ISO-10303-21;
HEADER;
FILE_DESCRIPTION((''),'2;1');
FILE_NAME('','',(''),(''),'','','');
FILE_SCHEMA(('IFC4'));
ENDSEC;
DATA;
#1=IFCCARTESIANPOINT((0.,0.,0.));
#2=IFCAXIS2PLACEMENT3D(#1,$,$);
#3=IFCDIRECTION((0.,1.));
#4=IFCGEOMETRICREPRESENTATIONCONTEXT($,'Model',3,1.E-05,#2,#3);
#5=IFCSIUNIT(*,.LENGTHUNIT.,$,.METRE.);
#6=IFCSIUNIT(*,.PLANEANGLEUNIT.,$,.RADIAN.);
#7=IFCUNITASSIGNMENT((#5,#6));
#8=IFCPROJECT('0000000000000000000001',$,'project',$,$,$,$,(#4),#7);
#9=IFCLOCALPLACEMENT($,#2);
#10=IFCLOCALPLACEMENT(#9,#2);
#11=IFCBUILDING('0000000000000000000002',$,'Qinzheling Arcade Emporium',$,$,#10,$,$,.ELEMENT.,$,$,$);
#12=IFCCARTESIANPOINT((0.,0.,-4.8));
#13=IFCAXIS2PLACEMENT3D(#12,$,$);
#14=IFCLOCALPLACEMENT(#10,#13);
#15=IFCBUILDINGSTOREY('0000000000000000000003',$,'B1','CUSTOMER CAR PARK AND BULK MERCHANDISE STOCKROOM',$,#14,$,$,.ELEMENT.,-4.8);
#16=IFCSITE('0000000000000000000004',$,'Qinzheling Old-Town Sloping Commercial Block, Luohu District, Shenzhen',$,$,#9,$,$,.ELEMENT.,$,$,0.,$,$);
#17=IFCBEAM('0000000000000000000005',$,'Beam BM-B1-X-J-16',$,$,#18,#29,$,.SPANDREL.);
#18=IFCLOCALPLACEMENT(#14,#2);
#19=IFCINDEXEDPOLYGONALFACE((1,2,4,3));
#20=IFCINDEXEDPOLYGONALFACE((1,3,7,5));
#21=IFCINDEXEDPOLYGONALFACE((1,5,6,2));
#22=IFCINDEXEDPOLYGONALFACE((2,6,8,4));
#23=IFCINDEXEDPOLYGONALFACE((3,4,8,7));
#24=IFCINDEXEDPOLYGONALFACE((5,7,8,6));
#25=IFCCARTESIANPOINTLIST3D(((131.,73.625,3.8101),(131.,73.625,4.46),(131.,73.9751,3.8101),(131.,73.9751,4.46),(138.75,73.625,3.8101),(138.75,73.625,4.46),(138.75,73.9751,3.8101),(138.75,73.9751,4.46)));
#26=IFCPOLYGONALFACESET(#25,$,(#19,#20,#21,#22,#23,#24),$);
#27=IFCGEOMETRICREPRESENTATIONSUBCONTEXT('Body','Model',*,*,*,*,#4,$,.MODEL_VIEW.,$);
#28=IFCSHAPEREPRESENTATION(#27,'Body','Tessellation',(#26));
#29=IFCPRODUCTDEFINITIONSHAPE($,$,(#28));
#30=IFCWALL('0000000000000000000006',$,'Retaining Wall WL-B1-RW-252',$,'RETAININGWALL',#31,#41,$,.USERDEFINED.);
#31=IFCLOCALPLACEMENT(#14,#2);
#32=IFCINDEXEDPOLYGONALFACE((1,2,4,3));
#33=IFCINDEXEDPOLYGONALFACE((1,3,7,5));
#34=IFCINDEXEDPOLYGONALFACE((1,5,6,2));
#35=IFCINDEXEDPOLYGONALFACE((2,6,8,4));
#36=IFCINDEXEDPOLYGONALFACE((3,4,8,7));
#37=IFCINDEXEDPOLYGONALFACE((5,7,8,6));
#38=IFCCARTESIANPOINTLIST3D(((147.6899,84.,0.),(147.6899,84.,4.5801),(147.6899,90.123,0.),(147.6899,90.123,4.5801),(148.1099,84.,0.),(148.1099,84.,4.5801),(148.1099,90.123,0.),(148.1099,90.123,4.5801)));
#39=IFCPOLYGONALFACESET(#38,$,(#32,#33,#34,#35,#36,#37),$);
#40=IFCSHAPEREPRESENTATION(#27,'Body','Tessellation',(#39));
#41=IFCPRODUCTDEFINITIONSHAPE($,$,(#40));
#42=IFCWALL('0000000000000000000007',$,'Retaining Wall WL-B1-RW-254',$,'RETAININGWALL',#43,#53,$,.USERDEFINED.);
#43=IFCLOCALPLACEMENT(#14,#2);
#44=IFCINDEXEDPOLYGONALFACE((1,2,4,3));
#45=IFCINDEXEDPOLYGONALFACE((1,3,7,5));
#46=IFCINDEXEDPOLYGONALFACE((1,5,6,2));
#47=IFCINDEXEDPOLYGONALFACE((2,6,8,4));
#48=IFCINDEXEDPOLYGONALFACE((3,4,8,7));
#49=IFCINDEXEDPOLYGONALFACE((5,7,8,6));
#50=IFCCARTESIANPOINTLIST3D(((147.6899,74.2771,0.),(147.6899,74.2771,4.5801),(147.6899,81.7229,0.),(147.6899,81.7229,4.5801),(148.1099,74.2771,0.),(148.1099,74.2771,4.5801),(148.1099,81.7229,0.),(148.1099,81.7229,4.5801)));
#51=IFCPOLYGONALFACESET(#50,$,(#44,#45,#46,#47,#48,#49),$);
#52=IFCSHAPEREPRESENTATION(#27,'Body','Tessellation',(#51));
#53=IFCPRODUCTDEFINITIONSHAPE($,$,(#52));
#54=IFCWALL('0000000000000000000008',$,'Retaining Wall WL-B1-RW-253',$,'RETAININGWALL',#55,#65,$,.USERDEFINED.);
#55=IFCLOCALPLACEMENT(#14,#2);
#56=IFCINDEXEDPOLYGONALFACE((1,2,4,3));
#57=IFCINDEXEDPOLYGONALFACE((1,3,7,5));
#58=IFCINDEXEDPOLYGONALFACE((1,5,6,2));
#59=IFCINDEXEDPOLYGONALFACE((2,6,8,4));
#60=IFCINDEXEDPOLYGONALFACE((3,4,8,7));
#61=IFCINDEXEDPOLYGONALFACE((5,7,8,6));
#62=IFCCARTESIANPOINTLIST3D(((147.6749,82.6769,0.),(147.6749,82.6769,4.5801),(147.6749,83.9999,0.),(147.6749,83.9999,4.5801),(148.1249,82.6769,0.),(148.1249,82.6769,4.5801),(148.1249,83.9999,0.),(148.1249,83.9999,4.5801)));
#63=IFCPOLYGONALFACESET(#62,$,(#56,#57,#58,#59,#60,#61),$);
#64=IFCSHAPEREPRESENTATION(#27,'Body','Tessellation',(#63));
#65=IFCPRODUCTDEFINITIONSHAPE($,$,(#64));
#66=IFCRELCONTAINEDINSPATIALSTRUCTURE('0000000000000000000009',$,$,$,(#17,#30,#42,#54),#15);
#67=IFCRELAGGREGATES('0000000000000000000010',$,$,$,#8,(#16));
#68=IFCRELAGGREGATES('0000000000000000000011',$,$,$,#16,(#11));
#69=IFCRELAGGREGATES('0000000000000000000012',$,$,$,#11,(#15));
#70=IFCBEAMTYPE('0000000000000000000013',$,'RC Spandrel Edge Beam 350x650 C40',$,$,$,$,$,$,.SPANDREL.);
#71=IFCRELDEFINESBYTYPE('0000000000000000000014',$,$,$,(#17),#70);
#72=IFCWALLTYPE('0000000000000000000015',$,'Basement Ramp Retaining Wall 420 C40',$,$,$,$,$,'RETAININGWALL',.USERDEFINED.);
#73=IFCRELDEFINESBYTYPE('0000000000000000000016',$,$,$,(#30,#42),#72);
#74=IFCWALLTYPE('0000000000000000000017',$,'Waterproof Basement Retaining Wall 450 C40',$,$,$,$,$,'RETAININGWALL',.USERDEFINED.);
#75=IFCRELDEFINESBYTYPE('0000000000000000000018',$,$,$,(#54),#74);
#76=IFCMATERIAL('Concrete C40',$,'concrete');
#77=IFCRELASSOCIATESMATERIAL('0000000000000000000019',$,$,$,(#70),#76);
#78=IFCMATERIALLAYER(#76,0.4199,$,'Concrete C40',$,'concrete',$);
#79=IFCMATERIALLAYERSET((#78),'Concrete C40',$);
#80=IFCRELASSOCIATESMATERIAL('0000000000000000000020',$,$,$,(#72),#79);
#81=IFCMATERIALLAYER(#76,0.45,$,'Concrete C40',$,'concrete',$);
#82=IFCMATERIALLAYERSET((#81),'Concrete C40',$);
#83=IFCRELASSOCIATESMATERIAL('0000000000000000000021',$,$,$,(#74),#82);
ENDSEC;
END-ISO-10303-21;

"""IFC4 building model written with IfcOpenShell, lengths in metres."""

from ifc_helpers import new_model, si_unit, direction, frame, frame_2d, origin, origin_2d, place, context, subcontext, project, spatial, rectangle, extrude, material, layer, layer_set, material_profile, profile_set, type_object, element, save


model = new_model("IFC4")

# Units and contexts
model_context = context("Model", 3, precision=1e-05, world=origin(), true_north=direction((0.0, 1.0)))
body_context = subcontext(model_context, "Body", "Model", "MODEL_VIEW")
ifc_project = project(units=[si_unit("LENGTHUNIT", "METRE"), si_unit("PLANEANGLEUNIT", "RADIAN")], contexts=[model_context])

# Site, building, storey
site_placement = place(None, origin())
site = spatial("IfcSite", under=ifc_project, at=site_placement, Name="Qinzheling Old-Town Sloping Commercial Block, Luohu District, Shenzhen", CompositionType="ELEMENT", RefElevation=0.0)
building_placement = place(site_placement, origin())
building = spatial("IfcBuilding", under=site, at=building_placement, Name="Qinzheling Arcade Emporium", CompositionType="ELEMENT")
storey_placement = place(building_placement, frame((0.0, 0.0, -4.8)))
storey = spatial("IfcBuildingStorey", under=building, at=storey_placement, Name="B1", Description="CUSTOMER CAR PARK AND BULK MERCHANDISE STOCKROOM", CompositionType="ELEMENT", Elevation=-4.8)

# Beam
ifc_material_1 = material(Name="Concrete C40", Category="concrete")
ifc_material_profile_1 = material_profile(ifc_material_1, rectangle(XDim=0.3501, YDim=0.6499, at=origin_2d()), Name="RC 350x650", Category="concrete")
ifc_profile_set_1 = profile_set([ifc_material_profile_1], Name="Concrete C40")
beam_type_1 = type_object("IfcBeamType", Name="RC Spandrel Edge Beam 350x650 C40", PredefinedType="SPANDREL", material=ifc_profile_set_1)
beam_1_placement = place(storey_placement, frame((131.0, 73.8, 4.135), z_axis=(1.0, 0.0, 0.0), x_axis=(0.0, 1.0, 0.0)))
element("IfcBeam", 1, at=beam_1_placement, inside=storey, type_object=beam_type_1, Name="Beam BM-B1-X-J-16", PredefinedType="SPANDREL", context=body_context, shape_type="SweptSolid", body=[
    extrude(rectangle(XDim=0.3501, YDim=0.6499, at=origin_2d()), origin(), (0.0, 0.0, 1.0), 7.75),
])

# Walls
ifc_layer_1 = layer(ifc_material_1, 0.4199, Name="Concrete C40", Category="concrete")
ifc_layer_set_1 = layer_set([ifc_layer_1], Name="Concrete C40")
wall_type_1 = type_object("IfcWallType", Name="Basement Ramp Retaining Wall 420 C40", ElementType="RETAININGWALL", PredefinedType="USERDEFINED", material=ifc_layer_set_1)
wall_1_placement = place(storey_placement, frame((147.8999, 90.123, 0.0), z_axis=(0.0, 0.0, 1.0), x_axis=(0.0, -1.0, 0.0)))
element("IfcWall", 2, at=wall_1_placement, inside=storey, type_object=wall_type_1, Name="Retaining Wall WL-B1-RW-252", ObjectType="RETAININGWALL", PredefinedType="USERDEFINED", context=body_context, shape_type="SweptSolid", body=[
    extrude(rectangle(XDim=6.123, YDim=0.4199, at=frame_2d((3.0615, 0.0))), origin(), (0.0, 0.0, 1.0), 4.5801),
])
wall_2_placement = place(storey_placement, frame((147.8999, 81.7229, 0.0), z_axis=(0.0, 0.0, 1.0), x_axis=(0.0, -1.0, 0.0)))
element("IfcWall", 3, at=wall_2_placement, inside=storey, type_object=wall_type_1, Name="Retaining Wall WL-B1-RW-254", ObjectType="RETAININGWALL", PredefinedType="USERDEFINED", context=body_context, shape_type="SweptSolid", body=[
    extrude(rectangle(XDim=7.4458, YDim=0.4199, at=frame_2d((3.7229, 0.0))), origin(), (0.0, 0.0, 1.0), 4.5801),
])
ifc_layer_2 = layer(ifc_material_1, 0.45, Name="Concrete C40", Category="concrete")
ifc_layer_set_2 = layer_set([ifc_layer_2], Name="Concrete C40")
wall_type_2 = type_object("IfcWallType", Name="Waterproof Basement Retaining Wall 450 C40", ElementType="RETAININGWALL", PredefinedType="USERDEFINED", material=ifc_layer_set_2)
wall_3_placement = place(storey_placement, frame((147.8999, 84.0, 0.0), z_axis=(0.0, 0.0, 1.0), x_axis=(0.0, -1.0, 0.0)))
element("IfcWall", 4, at=wall_3_placement, inside=storey, type_object=wall_type_2, Name="Retaining Wall WL-B1-RW-253", ObjectType="RETAININGWALL", PredefinedType="USERDEFINED", context=body_context, shape_type="SweptSolid", body=[
    extrude(rectangle(XDim=1.323, YDim=0.45, at=frame_2d((0.6616, 0.0))), origin(), (0.0, 0.0, 1.0), 4.5801),
])

save(model, "model.ifc")
